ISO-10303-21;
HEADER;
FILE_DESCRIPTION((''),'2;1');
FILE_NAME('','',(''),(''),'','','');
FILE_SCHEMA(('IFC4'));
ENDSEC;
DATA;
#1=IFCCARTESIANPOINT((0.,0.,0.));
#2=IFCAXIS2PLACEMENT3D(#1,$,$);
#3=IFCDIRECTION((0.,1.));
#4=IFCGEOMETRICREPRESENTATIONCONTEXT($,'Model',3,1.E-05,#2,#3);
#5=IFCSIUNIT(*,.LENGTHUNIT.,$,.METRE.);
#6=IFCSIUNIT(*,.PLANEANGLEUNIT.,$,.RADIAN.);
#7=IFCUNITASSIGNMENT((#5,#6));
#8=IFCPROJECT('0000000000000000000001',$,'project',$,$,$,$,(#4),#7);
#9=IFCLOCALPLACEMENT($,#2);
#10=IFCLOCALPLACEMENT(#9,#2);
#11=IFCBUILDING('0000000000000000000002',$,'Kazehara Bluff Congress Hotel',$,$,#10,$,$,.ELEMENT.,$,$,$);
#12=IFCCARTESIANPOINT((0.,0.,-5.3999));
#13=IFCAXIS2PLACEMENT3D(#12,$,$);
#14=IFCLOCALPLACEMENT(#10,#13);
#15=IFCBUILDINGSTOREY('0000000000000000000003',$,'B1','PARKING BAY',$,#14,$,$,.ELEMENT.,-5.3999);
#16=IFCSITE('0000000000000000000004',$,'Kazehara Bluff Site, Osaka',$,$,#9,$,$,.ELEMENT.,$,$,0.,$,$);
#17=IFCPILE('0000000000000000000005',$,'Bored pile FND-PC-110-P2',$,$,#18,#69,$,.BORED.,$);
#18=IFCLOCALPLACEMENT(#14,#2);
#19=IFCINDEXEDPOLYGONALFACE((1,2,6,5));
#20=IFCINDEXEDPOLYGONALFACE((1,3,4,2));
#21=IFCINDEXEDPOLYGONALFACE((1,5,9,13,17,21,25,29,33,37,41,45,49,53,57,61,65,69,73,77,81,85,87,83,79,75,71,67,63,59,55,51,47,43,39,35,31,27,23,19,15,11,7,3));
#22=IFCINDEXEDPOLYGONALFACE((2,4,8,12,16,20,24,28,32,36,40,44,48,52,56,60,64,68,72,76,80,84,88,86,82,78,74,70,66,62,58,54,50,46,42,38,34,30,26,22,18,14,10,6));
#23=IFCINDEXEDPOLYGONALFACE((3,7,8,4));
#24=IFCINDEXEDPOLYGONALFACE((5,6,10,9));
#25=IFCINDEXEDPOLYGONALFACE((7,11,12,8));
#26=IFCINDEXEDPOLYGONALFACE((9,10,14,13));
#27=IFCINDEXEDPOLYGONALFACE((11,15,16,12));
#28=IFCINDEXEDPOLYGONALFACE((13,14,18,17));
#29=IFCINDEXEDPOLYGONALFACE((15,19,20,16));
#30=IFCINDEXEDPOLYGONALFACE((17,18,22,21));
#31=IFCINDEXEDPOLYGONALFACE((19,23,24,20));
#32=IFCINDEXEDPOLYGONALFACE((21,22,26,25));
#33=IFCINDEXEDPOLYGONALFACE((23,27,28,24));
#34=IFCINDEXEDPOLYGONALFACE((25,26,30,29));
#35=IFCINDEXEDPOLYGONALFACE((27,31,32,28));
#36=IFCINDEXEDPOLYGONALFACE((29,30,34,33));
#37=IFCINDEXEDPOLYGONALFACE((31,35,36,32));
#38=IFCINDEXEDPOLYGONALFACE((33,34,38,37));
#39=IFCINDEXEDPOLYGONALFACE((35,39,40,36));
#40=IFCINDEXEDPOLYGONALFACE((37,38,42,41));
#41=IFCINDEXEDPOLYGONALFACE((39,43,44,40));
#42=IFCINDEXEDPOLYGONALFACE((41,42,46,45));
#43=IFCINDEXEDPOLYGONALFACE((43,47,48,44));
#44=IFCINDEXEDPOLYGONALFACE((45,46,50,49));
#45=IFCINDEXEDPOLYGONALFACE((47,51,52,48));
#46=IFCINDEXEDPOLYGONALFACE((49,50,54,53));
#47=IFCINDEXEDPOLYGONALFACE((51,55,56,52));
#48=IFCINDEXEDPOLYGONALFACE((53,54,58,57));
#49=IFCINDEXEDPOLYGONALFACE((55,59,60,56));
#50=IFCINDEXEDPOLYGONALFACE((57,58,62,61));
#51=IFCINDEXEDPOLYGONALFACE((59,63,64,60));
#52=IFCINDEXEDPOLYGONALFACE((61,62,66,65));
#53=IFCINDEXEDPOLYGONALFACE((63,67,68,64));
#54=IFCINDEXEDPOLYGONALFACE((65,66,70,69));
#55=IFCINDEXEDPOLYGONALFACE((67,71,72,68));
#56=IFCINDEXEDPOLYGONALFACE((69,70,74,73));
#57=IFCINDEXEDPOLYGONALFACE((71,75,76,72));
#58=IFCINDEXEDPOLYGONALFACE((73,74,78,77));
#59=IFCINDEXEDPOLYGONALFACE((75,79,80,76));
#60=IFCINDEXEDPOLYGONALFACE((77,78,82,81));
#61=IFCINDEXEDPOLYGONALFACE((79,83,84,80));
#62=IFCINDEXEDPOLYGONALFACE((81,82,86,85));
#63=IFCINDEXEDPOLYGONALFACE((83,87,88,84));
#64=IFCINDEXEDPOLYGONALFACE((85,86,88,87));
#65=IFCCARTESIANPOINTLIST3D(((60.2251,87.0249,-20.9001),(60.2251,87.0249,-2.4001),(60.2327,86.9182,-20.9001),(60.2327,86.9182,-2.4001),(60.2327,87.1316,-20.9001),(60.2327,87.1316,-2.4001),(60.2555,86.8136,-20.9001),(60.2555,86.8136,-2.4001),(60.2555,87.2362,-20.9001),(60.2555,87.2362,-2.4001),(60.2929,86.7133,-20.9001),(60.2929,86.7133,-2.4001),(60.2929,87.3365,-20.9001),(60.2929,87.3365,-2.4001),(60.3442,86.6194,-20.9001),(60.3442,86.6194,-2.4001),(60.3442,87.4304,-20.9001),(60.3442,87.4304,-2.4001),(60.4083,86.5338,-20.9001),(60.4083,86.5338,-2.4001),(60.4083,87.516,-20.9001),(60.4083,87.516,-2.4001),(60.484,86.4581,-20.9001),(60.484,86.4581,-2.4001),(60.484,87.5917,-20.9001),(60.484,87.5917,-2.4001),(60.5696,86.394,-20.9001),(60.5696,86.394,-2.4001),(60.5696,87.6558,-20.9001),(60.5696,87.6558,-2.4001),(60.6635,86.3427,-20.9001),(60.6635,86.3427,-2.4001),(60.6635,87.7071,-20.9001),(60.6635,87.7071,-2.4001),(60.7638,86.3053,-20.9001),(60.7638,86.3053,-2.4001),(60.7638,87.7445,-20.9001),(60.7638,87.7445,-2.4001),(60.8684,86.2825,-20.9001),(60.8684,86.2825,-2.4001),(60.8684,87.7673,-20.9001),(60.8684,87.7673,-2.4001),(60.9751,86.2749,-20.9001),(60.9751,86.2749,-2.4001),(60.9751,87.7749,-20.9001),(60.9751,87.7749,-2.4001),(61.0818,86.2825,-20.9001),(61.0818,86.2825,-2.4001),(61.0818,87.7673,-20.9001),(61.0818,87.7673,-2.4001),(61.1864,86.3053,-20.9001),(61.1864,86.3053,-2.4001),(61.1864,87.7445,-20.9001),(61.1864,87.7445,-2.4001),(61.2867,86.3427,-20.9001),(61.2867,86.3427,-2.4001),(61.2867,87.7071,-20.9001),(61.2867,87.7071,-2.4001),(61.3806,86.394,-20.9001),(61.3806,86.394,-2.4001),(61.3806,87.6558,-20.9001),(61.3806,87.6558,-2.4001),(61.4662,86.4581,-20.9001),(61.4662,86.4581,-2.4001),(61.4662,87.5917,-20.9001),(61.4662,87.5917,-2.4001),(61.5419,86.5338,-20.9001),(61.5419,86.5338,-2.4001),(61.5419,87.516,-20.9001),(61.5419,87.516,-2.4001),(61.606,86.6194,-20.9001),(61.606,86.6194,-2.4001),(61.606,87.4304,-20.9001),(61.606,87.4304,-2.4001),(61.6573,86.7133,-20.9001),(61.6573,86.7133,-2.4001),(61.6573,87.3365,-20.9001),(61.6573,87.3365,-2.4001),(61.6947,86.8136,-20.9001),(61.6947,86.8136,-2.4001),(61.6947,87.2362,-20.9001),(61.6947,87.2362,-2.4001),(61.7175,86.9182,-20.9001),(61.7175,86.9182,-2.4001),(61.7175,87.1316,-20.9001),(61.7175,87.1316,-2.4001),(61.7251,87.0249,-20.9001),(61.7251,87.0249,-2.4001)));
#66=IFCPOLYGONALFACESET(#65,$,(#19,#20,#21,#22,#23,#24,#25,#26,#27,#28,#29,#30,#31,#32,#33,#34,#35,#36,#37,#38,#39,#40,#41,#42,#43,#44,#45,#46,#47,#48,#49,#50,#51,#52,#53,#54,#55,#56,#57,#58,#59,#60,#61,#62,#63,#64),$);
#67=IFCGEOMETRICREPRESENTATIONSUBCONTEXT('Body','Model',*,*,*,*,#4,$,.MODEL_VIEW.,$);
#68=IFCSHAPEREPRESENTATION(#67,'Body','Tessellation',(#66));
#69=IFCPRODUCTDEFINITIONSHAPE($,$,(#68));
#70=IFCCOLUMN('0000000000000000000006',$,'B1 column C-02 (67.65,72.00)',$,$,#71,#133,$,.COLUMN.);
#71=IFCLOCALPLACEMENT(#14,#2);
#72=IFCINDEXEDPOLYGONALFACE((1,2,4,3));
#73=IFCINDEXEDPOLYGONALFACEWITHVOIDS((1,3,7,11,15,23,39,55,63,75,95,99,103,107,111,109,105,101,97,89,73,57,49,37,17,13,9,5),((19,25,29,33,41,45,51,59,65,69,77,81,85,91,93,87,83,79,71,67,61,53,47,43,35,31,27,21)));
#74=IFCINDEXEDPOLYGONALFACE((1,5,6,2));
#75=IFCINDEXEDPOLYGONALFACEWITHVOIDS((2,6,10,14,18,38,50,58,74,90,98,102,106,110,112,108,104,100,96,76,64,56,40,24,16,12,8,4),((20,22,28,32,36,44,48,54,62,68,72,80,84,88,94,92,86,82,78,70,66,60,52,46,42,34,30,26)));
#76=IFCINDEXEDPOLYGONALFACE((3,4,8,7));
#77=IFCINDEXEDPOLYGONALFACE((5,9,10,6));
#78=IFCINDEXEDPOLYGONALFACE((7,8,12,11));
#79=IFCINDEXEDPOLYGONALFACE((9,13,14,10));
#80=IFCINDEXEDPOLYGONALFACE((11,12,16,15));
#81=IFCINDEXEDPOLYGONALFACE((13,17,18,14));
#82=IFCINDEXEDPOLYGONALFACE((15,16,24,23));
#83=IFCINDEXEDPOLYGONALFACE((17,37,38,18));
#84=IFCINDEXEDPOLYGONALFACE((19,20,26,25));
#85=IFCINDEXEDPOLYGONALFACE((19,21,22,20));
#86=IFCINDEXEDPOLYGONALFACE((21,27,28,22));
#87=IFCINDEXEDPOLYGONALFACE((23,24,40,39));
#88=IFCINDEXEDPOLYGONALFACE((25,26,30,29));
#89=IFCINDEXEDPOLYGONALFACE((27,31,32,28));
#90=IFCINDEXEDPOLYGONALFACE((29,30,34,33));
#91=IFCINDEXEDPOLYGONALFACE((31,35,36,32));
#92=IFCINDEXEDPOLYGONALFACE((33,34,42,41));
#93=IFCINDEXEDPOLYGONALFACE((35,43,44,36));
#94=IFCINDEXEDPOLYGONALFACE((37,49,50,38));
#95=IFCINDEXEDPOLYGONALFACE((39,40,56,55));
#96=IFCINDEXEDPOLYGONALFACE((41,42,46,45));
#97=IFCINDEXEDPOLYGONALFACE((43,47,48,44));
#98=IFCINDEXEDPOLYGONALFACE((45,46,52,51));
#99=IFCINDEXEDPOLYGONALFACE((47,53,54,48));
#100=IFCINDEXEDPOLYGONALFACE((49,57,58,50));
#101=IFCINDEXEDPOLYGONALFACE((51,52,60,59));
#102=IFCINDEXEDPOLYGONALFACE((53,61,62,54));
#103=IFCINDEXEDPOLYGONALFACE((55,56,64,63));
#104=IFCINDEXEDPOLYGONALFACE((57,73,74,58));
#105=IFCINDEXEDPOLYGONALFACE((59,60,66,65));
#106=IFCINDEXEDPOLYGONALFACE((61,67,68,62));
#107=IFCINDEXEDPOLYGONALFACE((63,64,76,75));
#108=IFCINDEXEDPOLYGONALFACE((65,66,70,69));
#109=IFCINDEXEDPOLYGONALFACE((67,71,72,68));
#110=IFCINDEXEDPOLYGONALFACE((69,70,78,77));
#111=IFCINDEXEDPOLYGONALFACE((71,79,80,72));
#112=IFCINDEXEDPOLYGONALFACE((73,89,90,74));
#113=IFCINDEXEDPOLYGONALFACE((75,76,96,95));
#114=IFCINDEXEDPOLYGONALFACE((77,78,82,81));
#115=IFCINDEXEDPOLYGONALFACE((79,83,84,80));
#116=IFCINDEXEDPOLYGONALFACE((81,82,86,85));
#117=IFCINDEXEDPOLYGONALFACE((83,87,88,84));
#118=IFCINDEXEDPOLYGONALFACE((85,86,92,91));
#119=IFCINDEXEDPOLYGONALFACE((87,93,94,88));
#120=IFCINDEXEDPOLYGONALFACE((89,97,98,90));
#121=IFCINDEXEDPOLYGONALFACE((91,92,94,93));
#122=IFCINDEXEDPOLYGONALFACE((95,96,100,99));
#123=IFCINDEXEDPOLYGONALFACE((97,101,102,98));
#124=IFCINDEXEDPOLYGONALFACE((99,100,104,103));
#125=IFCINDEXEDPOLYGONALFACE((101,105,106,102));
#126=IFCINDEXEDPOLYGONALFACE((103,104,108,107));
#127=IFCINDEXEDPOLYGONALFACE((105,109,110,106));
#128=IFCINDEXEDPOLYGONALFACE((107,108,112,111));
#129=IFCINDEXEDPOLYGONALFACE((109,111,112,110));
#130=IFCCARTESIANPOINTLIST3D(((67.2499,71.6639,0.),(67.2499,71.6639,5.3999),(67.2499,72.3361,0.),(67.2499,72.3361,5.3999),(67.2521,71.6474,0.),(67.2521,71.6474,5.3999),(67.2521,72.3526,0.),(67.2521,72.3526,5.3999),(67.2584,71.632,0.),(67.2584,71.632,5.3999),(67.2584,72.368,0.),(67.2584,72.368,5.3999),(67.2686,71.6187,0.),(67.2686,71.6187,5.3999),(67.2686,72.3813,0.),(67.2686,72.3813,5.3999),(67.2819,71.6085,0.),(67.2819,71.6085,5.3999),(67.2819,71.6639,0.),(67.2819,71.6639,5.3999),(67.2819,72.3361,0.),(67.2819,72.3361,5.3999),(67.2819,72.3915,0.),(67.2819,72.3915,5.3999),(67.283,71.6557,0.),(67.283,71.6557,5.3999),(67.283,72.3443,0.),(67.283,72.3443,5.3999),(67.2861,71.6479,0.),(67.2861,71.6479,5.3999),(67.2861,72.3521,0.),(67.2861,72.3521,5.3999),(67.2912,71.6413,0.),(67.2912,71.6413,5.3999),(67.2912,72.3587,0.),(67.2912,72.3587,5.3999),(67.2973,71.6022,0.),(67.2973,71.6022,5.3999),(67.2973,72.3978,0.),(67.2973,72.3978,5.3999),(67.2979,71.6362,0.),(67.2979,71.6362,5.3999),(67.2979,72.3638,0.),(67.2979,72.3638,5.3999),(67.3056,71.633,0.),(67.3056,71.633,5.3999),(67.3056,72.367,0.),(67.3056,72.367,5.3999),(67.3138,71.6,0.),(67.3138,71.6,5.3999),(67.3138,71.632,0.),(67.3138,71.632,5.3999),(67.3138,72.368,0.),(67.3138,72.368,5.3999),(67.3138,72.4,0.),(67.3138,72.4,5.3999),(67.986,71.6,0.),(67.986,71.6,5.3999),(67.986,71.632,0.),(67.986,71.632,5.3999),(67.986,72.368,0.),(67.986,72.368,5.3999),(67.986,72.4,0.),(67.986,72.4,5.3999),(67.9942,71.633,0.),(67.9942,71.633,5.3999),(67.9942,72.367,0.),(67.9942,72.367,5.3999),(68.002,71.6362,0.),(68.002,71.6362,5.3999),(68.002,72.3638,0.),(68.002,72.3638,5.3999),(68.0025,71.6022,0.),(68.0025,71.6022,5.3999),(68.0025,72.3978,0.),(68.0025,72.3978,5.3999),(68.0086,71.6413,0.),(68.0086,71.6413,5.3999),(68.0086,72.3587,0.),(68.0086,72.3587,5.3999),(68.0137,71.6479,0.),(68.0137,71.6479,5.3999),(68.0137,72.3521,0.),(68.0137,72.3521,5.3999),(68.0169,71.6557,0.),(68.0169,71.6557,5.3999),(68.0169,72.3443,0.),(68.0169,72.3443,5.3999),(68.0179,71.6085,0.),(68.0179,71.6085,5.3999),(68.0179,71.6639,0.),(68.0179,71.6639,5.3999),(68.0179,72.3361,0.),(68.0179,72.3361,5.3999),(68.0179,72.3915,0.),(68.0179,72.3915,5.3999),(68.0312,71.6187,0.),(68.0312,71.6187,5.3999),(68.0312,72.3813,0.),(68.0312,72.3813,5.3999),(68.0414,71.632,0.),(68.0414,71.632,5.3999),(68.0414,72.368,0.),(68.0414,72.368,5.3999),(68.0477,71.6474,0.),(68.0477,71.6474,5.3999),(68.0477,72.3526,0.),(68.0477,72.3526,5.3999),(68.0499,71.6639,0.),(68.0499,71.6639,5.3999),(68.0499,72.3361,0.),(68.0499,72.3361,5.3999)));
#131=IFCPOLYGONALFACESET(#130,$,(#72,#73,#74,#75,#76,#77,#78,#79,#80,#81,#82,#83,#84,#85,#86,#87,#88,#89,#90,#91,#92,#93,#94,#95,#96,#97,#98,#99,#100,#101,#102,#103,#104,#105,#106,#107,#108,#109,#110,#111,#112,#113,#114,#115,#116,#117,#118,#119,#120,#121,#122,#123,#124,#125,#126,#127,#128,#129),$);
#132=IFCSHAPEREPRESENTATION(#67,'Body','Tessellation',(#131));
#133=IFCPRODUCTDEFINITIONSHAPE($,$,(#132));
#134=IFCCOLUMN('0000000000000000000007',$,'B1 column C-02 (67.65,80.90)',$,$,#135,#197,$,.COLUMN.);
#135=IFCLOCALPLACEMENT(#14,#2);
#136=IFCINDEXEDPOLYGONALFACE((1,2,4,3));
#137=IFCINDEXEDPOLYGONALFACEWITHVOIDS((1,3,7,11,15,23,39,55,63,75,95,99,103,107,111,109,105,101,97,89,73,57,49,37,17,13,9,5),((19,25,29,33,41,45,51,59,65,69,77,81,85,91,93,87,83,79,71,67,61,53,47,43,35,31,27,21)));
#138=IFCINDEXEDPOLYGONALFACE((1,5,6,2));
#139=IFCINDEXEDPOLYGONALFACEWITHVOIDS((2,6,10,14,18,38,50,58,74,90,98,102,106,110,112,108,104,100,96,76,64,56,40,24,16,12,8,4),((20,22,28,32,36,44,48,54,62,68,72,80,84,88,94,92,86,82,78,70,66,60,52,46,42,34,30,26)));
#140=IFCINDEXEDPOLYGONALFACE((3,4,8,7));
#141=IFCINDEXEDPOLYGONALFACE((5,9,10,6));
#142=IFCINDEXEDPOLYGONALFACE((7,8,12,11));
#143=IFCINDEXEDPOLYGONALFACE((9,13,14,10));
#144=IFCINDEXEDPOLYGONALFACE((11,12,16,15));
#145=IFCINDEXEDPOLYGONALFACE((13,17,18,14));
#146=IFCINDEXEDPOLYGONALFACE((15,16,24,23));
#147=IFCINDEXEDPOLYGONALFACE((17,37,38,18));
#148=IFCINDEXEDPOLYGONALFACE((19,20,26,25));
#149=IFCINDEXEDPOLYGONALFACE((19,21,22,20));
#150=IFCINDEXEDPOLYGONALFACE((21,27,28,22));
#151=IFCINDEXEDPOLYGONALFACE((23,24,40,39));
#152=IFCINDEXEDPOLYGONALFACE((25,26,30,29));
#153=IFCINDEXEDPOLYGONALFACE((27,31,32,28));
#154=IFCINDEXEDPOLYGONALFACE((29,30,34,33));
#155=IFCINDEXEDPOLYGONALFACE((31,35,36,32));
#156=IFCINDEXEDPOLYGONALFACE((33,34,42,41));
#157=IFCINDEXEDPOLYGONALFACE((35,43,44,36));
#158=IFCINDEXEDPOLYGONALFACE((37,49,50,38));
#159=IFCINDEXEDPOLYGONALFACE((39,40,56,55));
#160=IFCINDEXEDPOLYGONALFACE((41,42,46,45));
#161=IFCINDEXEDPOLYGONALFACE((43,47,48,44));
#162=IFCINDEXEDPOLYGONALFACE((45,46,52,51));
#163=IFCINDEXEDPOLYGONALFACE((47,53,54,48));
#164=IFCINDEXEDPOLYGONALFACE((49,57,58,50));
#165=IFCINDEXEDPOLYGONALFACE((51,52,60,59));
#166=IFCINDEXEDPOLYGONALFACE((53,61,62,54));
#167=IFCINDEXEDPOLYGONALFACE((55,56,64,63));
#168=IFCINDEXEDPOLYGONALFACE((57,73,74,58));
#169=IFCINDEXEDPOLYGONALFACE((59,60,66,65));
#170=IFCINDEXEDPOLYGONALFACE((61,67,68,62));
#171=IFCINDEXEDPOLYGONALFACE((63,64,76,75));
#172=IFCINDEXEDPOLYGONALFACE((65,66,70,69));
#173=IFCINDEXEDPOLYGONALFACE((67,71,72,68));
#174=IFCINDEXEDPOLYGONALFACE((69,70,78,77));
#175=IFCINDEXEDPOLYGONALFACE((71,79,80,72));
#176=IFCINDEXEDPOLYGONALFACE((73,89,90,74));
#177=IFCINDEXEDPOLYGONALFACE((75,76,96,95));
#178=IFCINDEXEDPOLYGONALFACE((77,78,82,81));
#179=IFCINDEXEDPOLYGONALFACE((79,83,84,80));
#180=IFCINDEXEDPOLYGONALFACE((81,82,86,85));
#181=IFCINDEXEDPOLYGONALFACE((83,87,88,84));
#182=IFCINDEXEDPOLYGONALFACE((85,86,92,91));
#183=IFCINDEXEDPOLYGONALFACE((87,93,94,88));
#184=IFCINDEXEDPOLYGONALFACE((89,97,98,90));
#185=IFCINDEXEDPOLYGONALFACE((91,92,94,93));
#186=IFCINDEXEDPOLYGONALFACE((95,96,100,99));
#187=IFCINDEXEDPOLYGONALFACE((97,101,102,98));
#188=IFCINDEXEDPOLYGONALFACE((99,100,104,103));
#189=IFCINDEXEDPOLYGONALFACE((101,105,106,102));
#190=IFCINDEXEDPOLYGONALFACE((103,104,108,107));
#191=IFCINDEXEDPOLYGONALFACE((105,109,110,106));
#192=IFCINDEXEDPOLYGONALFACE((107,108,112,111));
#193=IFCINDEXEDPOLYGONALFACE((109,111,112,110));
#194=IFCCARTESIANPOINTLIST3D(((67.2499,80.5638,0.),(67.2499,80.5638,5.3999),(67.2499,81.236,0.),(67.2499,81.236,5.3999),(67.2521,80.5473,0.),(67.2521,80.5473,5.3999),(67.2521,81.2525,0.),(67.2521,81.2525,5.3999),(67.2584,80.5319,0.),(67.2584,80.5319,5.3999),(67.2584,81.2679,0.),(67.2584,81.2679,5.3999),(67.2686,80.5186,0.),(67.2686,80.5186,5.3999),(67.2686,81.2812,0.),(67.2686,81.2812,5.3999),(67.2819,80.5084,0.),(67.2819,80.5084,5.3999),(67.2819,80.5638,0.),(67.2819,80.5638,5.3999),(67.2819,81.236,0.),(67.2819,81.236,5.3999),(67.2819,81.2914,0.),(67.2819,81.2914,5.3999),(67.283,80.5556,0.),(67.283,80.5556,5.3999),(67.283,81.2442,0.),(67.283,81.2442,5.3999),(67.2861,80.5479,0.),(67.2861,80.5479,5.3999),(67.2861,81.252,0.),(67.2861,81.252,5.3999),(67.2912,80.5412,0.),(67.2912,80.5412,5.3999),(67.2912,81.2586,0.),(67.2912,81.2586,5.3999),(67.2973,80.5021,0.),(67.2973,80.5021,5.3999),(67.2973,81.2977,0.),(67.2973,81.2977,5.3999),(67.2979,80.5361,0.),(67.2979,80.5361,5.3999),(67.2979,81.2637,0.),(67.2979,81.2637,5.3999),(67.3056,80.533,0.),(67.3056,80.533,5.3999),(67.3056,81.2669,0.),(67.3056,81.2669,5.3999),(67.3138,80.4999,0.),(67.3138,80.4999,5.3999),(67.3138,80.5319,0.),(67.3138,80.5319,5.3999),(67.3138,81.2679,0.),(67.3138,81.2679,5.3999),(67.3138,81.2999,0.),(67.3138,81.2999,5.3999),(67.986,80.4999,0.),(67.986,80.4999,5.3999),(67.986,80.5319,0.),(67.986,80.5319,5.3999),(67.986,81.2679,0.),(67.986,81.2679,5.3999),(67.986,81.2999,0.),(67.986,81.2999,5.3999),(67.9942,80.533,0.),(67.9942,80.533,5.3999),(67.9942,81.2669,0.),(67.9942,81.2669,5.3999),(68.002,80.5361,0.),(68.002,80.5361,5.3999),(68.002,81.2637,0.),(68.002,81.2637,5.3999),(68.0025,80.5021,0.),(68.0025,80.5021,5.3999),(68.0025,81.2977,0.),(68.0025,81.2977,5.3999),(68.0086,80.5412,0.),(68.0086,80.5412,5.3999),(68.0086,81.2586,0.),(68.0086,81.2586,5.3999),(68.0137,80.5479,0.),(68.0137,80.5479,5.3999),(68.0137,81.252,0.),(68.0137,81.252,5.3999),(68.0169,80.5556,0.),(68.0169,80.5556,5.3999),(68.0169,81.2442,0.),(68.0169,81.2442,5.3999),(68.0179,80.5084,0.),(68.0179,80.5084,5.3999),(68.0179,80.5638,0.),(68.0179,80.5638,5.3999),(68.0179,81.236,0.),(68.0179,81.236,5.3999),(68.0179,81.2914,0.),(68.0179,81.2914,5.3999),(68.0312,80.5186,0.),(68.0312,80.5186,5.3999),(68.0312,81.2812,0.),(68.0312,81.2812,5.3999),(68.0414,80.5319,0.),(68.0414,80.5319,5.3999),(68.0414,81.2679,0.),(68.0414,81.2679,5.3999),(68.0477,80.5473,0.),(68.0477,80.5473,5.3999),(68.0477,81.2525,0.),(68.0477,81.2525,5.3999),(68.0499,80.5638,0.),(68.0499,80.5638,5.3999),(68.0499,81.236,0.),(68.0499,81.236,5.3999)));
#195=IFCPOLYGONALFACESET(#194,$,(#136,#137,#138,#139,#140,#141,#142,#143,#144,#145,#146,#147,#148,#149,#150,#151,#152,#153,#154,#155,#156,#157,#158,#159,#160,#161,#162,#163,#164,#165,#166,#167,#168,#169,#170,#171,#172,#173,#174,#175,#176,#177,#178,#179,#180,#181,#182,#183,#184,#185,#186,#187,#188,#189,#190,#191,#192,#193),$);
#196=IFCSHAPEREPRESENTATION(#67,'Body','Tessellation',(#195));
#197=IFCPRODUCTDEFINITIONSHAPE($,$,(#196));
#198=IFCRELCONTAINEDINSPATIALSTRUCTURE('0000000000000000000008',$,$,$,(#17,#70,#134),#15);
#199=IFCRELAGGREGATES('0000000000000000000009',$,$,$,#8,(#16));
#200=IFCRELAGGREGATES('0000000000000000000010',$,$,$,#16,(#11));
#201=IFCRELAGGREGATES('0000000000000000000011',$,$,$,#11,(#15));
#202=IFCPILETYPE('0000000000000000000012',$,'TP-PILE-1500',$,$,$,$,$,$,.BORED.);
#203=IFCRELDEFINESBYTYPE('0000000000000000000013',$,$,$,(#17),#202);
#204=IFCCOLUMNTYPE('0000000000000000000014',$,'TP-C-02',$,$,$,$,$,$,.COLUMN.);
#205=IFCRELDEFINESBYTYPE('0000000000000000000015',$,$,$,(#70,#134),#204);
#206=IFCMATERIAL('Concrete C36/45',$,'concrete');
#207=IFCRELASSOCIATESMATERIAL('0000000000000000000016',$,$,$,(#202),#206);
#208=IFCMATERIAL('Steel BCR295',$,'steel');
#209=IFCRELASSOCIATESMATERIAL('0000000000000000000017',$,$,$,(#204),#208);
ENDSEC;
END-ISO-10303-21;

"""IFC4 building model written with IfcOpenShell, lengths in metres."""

from ifc_helpers import new_model, si_unit, direction, frame, origin, origin_2d, place, context, subcontext, project, spatial, hollow_rectangle, circle, extrude, material, material_profile, profile_set, type_object, element, save


model = new_model("IFC4")

# Units and contexts
model_context = context("Model", 3, precision=1e-05, world=origin(), true_north=direction((0.0, 1.0)))
body_context = subcontext(model_context, "Body", "Model", "MODEL_VIEW")
ifc_project = project(units=[si_unit("LENGTHUNIT", "METRE"), si_unit("PLANEANGLEUNIT", "RADIAN")], contexts=[model_context])

# Site, building, storey
site_placement = place(None, origin())
site = spatial("IfcSite", under=ifc_project, at=site_placement, Name="Kazehara Bluff Site, Osaka", CompositionType="ELEMENT", RefElevation=0.0)
building_placement = place(site_placement, origin())
building = spatial("IfcBuilding", under=site, at=building_placement, Name="Kazehara Bluff Congress Hotel", CompositionType="ELEMENT")
storey_placement = place(building_placement, frame((0.0, 0.0, -5.3999)))
storey = spatial("IfcBuildingStorey", under=building, at=storey_placement, Name="B1", Description="PARKING BAY", CompositionType="ELEMENT", Elevation=-5.3999)

# Pile
ifc_material_1 = material(Name="Concrete C36/45", Category="concrete")
ifc_material_profile_1 = material_profile(ifc_material_1, circle(Radius=0.75, at=origin_2d()))
ifc_profile_set_1 = profile_set([ifc_material_profile_1], Name="Concrete C36/45")
pile_type_1 = type_object("IfcPileType", Name="TP-PILE-1500", PredefinedType="BORED", material=ifc_profile_set_1)
for number, where, z_axis, x_axis, name in (
    (1, (60.9751, 87.0249, -2.4001), (0.0, 0.0, -1.0), (1.0, 0.0, 0.0), "Bored pile FND-PC-110-P2"),
):
    element("IfcPile", number, at=place(storey_placement, frame(where, z_axis=z_axis, x_axis=x_axis)), inside=storey, type_object=pile_type_1, Name=name, PredefinedType="BORED", context=body_context, shape_type="SweptSolid", body=[
        extrude(circle(Radius=0.75, at=origin_2d()), origin(), (0.0, 0.0, 1.0), 18.5),
    ])

# Columns
ifc_material_2 = material(Name="Steel BCR295", Category="steel")
ifc_material_profile_2 = material_profile(ifc_material_2, hollow_rectangle(XDim=0.8, YDim=0.8, WallThickness=0.032, InnerFilletRadius=0.032, OuterFilletRadius=0.064, at=origin_2d()))
ifc_profile_set_2 = profile_set([ifc_material_profile_2], Name="Steel BCR295")
column_type_1 = type_object("IfcColumnType", Name="TP-C-02", PredefinedType="COLUMN", material=ifc_profile_set_2)
for number, where, z_axis, x_axis, name in (
    (2, (67.6499, 72.0, 0.0), (0.0, 0.0, 1.0), (1.0, 0.0, 0.0), "B1 column C-02 (67.65,72.00)"),
    (3, (67.6499, 80.8999, 0.0), (0.0, 0.0, 1.0), (1.0, 0.0, 0.0), "B1 column C-02 (67.65,80.90)"),
):
    element("IfcColumn", number, at=place(storey_placement, frame(where, z_axis=z_axis, x_axis=x_axis)), inside=storey, type_object=column_type_1, Name=name, PredefinedType="COLUMN", context=body_context, shape_type="SweptSolid", body=[
        extrude(hollow_rectangle(XDim=0.8, YDim=0.8, WallThickness=0.032, InnerFilletRadius=0.032, OuterFilletRadius=0.064, at=origin_2d()), origin(), (0.0, 0.0, 1.0), 5.3999),
    ])

save(model, "model.ifc")
